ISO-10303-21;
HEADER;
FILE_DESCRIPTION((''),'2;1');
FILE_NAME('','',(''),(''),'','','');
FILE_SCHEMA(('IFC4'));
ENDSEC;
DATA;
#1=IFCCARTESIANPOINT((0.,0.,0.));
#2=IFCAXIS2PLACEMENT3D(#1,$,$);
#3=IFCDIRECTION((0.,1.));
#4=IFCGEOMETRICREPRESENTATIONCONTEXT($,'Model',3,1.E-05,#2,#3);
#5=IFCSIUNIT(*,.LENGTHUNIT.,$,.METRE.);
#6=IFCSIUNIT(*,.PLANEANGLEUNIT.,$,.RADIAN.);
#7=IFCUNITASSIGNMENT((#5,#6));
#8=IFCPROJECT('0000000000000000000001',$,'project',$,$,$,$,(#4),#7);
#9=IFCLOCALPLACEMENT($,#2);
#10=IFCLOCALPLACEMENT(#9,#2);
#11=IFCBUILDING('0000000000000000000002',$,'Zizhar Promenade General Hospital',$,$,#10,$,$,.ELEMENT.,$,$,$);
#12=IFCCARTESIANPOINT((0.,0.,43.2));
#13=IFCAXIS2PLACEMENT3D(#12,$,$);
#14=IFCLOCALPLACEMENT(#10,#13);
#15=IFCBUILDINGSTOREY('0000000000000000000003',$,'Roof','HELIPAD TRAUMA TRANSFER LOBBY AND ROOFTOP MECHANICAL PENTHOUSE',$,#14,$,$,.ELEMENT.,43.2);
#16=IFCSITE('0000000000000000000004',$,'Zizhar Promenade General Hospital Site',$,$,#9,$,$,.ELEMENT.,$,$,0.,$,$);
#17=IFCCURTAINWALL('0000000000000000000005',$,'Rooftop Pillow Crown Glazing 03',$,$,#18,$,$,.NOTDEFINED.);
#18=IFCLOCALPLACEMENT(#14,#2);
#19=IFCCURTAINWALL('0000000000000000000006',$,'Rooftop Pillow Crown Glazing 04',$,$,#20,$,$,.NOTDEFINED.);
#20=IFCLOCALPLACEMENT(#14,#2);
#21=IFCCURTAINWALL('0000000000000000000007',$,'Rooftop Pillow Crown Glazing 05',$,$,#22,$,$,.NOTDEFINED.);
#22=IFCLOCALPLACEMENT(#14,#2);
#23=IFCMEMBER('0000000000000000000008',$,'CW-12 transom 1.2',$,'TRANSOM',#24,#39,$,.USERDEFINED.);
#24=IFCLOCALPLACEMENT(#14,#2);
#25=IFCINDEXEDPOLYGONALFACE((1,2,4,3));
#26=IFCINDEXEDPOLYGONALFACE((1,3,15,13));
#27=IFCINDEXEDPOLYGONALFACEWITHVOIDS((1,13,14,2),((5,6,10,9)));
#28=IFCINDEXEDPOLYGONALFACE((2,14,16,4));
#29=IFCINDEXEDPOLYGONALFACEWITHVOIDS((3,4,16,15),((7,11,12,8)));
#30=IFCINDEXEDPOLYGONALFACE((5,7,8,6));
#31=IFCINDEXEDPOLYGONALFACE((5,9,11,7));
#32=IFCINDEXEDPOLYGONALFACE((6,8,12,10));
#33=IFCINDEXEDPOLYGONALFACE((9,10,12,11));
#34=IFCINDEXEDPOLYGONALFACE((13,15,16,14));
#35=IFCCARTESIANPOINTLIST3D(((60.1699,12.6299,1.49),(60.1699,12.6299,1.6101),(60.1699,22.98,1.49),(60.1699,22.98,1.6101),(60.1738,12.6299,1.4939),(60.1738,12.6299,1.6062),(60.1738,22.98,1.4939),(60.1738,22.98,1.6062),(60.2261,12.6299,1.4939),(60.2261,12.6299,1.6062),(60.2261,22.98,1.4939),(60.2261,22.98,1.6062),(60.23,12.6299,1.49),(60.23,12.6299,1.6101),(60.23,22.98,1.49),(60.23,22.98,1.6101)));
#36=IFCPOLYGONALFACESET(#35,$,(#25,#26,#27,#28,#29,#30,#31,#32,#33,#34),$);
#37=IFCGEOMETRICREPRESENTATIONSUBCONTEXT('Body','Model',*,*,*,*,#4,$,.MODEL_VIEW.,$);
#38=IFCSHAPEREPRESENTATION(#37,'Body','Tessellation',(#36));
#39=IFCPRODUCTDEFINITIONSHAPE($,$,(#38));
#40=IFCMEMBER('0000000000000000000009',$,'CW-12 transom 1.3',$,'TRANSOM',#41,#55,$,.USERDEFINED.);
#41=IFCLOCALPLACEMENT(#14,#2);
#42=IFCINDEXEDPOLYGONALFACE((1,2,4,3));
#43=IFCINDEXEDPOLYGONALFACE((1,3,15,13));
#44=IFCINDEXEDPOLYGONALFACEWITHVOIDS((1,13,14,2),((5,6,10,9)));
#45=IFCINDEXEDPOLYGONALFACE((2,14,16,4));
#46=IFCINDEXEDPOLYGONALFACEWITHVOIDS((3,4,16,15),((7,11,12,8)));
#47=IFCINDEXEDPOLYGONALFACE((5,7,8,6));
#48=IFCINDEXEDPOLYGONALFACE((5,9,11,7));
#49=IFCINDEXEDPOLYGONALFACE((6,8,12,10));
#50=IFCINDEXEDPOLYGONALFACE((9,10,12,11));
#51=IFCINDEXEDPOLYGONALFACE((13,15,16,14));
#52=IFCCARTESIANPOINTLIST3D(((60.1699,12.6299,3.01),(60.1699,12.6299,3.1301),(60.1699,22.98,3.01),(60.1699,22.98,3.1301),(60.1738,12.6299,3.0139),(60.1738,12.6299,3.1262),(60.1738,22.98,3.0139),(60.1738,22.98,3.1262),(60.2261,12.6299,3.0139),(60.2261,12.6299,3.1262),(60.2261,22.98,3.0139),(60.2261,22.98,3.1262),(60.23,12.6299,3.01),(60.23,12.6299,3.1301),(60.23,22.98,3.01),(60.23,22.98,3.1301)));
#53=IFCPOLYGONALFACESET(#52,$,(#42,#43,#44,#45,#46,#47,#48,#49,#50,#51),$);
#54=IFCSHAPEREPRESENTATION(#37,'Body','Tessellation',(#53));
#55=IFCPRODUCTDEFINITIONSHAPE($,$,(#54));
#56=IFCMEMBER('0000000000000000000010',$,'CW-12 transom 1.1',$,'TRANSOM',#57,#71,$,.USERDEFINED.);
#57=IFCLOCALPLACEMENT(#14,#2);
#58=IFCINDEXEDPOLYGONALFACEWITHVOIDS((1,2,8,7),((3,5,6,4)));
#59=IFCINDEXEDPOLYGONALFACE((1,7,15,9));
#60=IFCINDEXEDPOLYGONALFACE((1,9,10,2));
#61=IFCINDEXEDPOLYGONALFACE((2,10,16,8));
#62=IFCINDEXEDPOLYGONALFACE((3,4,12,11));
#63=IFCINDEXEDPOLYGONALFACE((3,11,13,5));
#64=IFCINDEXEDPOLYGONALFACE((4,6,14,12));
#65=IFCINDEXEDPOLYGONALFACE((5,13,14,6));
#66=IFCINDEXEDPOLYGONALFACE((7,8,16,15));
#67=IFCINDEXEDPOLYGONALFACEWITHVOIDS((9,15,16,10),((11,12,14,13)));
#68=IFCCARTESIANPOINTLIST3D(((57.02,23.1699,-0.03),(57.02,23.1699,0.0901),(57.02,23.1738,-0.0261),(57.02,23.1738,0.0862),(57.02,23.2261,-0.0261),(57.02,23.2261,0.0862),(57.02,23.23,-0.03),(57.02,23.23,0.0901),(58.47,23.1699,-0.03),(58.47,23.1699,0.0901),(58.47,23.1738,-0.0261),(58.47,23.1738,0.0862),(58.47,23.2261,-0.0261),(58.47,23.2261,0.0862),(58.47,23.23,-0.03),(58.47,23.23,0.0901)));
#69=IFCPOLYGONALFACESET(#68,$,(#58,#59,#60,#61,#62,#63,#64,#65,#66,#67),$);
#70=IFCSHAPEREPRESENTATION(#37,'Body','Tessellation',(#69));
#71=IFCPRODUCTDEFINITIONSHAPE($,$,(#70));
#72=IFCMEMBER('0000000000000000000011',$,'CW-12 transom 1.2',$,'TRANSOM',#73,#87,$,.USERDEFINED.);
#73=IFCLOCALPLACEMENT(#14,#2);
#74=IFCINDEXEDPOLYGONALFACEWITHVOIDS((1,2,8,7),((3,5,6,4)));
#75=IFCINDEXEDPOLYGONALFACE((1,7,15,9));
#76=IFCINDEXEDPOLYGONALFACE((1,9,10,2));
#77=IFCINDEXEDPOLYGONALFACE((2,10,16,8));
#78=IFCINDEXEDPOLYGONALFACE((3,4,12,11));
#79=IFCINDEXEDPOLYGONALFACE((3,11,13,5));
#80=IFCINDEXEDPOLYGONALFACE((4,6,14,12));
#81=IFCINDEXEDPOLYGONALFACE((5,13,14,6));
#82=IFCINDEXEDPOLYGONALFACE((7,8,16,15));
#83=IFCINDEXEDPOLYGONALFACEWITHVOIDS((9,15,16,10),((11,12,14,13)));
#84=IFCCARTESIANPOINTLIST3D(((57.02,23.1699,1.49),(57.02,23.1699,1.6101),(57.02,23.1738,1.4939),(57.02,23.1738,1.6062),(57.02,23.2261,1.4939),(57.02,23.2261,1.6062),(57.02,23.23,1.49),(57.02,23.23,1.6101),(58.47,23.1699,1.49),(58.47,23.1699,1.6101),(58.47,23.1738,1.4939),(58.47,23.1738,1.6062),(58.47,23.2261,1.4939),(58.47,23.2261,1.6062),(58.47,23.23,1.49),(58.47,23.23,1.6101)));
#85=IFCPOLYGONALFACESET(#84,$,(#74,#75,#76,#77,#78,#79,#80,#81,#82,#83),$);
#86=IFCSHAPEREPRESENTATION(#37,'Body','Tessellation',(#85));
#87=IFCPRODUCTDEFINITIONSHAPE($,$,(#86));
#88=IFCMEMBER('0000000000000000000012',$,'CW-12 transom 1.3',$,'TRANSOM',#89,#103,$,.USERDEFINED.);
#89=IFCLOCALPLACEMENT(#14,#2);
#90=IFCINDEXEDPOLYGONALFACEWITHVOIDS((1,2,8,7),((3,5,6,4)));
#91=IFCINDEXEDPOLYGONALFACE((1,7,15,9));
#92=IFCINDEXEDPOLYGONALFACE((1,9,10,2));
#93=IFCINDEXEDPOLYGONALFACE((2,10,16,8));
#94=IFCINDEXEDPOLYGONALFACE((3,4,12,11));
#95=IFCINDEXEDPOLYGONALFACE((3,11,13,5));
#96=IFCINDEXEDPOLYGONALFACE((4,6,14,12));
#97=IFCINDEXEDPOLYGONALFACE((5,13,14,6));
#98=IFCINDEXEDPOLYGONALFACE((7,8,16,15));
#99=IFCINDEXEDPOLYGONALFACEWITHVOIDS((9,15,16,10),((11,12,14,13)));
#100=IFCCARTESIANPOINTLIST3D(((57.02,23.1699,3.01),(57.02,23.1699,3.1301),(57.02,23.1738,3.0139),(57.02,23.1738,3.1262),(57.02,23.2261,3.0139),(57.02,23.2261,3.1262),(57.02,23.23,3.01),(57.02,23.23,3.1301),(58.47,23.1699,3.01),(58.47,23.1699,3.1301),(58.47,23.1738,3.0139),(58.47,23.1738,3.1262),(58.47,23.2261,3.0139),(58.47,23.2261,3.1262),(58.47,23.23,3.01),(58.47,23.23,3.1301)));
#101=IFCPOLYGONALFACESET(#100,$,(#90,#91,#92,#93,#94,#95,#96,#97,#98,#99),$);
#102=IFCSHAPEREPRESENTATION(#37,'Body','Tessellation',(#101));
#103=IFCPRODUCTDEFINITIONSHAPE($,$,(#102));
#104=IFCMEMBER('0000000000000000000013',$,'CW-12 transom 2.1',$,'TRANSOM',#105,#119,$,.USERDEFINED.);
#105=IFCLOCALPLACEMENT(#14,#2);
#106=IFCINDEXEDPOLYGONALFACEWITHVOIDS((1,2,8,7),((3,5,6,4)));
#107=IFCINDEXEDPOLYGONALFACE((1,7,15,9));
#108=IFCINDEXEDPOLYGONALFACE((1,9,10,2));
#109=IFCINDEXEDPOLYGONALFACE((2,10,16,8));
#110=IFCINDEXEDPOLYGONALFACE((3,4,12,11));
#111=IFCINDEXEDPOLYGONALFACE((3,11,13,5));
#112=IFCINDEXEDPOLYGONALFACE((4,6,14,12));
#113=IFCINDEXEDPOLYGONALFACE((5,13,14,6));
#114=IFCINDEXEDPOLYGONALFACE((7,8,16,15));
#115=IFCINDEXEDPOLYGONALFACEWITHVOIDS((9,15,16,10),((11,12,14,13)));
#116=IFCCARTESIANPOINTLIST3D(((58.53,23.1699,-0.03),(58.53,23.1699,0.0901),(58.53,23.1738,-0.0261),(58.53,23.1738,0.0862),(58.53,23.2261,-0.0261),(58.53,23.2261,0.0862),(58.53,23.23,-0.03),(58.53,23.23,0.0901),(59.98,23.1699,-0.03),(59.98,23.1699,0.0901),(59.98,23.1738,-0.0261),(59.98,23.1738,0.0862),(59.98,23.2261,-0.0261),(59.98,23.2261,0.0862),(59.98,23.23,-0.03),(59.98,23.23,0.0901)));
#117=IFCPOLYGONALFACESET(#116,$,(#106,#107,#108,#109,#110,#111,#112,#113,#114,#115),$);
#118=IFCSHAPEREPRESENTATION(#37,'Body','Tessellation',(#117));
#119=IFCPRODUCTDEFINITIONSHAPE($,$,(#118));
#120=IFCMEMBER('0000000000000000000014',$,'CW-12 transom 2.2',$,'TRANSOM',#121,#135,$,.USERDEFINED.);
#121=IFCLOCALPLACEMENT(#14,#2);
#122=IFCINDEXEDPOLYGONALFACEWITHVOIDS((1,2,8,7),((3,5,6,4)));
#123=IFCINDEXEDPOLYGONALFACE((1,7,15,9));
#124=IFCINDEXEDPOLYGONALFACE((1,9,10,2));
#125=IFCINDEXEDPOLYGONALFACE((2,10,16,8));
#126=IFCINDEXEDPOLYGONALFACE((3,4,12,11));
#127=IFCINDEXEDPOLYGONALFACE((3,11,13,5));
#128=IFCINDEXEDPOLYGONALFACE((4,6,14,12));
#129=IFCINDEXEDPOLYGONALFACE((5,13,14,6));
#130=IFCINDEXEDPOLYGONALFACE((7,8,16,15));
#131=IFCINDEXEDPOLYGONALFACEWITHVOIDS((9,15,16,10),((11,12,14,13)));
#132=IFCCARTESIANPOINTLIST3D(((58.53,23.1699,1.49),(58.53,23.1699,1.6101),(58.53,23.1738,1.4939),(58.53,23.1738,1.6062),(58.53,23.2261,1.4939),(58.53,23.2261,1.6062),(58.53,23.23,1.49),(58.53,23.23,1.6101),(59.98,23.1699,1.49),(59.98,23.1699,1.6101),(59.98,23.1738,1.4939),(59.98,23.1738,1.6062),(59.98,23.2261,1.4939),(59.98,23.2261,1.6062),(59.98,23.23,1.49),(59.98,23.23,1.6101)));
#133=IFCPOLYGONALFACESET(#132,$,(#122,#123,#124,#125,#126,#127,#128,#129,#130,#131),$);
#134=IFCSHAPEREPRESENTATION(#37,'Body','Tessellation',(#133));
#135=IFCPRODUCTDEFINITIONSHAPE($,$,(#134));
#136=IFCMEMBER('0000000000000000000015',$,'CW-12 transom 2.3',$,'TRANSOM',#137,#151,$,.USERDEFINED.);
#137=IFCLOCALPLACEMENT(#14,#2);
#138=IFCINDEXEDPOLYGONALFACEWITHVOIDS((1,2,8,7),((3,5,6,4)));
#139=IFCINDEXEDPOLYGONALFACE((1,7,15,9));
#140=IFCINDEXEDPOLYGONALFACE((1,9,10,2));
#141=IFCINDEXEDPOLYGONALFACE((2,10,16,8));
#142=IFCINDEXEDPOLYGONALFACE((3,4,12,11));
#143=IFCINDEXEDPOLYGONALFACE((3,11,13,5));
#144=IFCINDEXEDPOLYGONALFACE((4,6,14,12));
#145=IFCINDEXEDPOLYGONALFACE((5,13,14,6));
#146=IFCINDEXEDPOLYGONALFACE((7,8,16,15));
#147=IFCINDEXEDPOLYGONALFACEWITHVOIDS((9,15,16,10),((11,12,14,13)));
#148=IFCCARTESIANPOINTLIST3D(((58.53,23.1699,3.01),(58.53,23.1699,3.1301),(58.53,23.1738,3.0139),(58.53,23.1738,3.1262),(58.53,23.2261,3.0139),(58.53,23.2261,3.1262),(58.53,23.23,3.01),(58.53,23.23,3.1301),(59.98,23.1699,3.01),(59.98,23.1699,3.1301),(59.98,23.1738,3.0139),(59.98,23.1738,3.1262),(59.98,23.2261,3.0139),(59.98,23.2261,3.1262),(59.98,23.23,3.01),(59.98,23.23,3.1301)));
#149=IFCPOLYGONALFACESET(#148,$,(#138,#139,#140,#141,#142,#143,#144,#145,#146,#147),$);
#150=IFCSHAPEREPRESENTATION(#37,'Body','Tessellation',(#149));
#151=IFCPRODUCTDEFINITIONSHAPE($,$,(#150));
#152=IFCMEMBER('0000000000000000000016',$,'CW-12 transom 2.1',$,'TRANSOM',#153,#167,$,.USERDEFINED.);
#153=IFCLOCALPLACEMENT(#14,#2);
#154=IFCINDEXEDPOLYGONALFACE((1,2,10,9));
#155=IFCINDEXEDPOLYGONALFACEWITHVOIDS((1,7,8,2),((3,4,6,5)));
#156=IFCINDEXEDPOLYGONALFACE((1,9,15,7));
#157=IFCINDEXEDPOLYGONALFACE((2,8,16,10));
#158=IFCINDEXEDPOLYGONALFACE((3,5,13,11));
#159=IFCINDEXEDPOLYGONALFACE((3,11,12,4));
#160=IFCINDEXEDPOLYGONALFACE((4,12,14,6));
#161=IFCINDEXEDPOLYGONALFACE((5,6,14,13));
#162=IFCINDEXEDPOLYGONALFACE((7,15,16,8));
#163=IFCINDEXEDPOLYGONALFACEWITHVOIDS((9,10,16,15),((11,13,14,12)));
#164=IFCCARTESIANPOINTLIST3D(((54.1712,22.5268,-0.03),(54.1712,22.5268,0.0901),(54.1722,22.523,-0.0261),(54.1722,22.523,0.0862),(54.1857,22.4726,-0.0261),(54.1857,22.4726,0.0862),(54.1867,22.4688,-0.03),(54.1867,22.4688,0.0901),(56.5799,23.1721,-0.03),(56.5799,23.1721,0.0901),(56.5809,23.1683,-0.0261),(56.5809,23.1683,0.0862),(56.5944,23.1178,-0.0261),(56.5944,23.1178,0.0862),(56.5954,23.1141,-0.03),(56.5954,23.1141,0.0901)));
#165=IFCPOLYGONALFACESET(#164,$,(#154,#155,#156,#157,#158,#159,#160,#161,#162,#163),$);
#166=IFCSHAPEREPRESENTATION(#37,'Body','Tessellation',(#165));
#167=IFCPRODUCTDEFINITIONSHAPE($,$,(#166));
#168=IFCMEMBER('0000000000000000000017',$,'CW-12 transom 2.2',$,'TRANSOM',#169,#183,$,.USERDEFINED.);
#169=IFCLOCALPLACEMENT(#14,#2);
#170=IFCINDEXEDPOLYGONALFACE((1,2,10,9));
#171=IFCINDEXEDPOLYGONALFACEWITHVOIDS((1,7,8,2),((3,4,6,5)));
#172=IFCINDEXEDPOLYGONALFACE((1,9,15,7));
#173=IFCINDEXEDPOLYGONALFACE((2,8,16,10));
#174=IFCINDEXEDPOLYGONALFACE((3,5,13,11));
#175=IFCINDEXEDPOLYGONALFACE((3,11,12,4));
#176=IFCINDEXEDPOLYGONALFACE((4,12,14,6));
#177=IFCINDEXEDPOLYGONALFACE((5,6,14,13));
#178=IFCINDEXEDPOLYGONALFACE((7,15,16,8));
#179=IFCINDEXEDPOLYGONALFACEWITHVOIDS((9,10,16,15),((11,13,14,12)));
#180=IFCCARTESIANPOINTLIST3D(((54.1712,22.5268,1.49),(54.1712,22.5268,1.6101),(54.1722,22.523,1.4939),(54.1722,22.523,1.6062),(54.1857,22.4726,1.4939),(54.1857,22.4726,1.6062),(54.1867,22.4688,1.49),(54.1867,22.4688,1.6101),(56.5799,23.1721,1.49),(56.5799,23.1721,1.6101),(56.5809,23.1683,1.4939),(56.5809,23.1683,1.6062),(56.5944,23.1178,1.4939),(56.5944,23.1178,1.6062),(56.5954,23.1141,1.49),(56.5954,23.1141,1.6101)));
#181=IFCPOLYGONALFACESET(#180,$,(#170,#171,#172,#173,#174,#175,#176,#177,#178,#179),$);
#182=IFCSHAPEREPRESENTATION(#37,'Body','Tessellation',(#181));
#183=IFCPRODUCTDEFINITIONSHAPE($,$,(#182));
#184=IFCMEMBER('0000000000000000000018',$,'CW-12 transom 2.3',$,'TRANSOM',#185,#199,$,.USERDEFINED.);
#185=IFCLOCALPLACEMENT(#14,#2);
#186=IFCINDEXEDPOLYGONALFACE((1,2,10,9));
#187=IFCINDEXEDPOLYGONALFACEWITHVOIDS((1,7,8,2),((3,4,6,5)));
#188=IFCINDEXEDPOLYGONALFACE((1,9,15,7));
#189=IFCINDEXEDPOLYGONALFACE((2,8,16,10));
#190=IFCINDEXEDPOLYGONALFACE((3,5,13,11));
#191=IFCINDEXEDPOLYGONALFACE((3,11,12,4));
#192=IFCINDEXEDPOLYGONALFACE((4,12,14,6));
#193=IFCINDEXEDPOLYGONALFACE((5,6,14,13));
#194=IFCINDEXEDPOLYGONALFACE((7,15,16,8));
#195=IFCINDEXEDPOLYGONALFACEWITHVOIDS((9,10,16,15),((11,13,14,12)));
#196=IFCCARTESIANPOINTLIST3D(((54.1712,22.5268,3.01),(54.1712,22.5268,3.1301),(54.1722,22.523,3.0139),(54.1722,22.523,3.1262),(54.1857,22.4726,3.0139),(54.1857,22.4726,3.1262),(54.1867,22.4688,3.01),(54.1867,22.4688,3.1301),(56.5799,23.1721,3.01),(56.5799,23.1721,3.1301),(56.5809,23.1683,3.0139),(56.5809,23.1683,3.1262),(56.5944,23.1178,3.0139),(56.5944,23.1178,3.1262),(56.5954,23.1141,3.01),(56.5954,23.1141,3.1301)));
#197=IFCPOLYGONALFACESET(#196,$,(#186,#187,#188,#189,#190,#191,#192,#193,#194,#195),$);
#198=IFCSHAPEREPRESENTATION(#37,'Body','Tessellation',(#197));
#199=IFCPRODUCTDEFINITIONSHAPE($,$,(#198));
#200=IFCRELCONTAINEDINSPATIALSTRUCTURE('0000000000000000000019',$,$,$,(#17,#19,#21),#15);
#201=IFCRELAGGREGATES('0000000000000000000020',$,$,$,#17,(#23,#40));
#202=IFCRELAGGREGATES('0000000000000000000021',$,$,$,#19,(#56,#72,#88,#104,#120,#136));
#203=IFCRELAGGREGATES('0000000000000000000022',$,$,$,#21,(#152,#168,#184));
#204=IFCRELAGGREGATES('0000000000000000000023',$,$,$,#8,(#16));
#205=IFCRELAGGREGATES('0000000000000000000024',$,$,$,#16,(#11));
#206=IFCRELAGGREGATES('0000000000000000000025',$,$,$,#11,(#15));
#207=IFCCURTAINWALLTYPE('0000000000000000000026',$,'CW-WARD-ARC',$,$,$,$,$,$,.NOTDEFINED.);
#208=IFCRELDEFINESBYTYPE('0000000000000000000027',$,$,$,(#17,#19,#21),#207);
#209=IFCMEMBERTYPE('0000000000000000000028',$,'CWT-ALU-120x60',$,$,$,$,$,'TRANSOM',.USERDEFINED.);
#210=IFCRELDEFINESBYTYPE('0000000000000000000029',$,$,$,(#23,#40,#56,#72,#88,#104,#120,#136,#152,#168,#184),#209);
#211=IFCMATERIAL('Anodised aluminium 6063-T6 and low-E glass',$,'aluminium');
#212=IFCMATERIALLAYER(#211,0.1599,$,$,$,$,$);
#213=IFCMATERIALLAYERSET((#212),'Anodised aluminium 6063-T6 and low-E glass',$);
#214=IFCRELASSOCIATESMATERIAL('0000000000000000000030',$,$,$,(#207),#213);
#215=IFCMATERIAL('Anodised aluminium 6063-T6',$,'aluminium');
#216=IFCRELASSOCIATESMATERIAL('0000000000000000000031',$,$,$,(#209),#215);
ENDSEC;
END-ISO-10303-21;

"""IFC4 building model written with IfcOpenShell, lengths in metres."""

from ifc_helpers import new_model, si_unit, direction, frame, origin, origin_2d, place, context, subcontext, project, spatial, hollow_rectangle, extrude, material, layer, layer_set, material_profile, profile_set, type_object, element, aggregate, save


model = new_model("IFC4")

# Units and contexts
model_context = context("Model", 3, precision=1e-05, world=origin(), true_north=direction((0.0, 1.0)))
body_context = subcontext(model_context, "Body", "Model", "MODEL_VIEW")
ifc_project = project(units=[si_unit("LENGTHUNIT", "METRE"), si_unit("PLANEANGLEUNIT", "RADIAN")], contexts=[model_context])

# Site, building, storey
site_placement = place(None, origin())
site = spatial("IfcSite", under=ifc_project, at=site_placement, Name="Zizhar Promenade General Hospital Site", CompositionType="ELEMENT", RefElevation=0.0)
building_placement = place(site_placement, origin())
building = spatial("IfcBuilding", under=site, at=building_placement, Name="Zizhar Promenade General Hospital", CompositionType="ELEMENT")
storey_placement = place(building_placement, frame((0.0, 0.0, 43.2)))
storey = spatial("IfcBuildingStorey", under=building, at=storey_placement, Name="Roof", Description="HELIPAD TRAUMA TRANSFER LOBBY AND ROOFTOP MECHANICAL PENTHOUSE", CompositionType="ELEMENT", Elevation=43.2)

# Curtain wall
ifc_material_1 = material(Name="Anodised aluminium 6063-T6 and low-E glass", Category="aluminium")
ifc_layer_1 = layer(ifc_material_1, 0.1599)
ifc_layer_set_1 = layer_set([ifc_layer_1], Name="Anodised aluminium 6063-T6 and low-E glass")
curtain_wall_type = type_object("IfcCurtainWallType", Name="CW-WARD-ARC", PredefinedType="NOTDEFINED", material=ifc_layer_set_1)
curtain_wall_1_placement = place(storey_placement, origin())
curtain_wall_1 = element("IfcCurtainWall", 1, at=curtain_wall_1_placement, inside=storey, type_object=curtain_wall_type, Name="Rooftop Pillow Crown Glazing 03", PredefinedType="NOTDEFINED")

# Curtain walls
curtain_wall_2_placement = place(storey_placement, origin())
curtain_wall_2 = element("IfcCurtainWall", 2, at=curtain_wall_2_placement, inside=storey, type_object=curtain_wall_type, Name="Rooftop Pillow Crown Glazing 04", PredefinedType="NOTDEFINED")
curtain_wall_3_placement = place(storey_placement, origin())
curtain_wall_3 = element("IfcCurtainWall", 3, at=curtain_wall_3_placement, inside=storey, type_object=curtain_wall_type, Name="Rooftop Pillow Crown Glazing 05", PredefinedType="NOTDEFINED")

# Members
ifc_material_2 = material(Name="Anodised aluminium 6063-T6", Category="aluminium")
ifc_material_profile_1 = material_profile(ifc_material_2, hollow_rectangle(XDim=0.0601, YDim=0.1201, WallThickness=0.0039, at=origin_2d()))
ifc_profile_set_1 = profile_set([ifc_material_profile_1], Name="Anodised aluminium 6063-T6")
member_type_1 = type_object("IfcMemberType", Name="CWT-ALU-120x60", ElementType="TRANSOM", PredefinedType="USERDEFINED", material=ifc_profile_set_1)
member_1_placement = place(storey_placement, frame((60.2, 22.98, 1.55), z_axis=(0.0, -1.0, 0.0), x_axis=(1.0, 0.0, 0.0)))
member_1 = element("IfcMember", 4, at=member_1_placement, type_object=member_type_1, Name="CW-12 transom 1.2", ObjectType="TRANSOM", PredefinedType="USERDEFINED", context=body_context, shape_type="SweptSolid", body=[
    extrude(hollow_rectangle(XDim=0.0601, YDim=0.1201, WallThickness=0.0039, at=origin_2d()), origin(), (0.0, 0.0, 1.0), 10.3501),
])
member_2_placement = place(storey_placement, frame((60.2, 22.98, 3.0701), z_axis=(0.0, -1.0, 0.0), x_axis=(1.0, 0.0, 0.0)))
member_2 = element("IfcMember", 5, at=member_2_placement, type_object=member_type_1, Name="CW-12 transom 1.3", ObjectType="TRANSOM", PredefinedType="USERDEFINED", context=body_context, shape_type="SweptSolid", body=[
    extrude(hollow_rectangle(XDim=0.0601, YDim=0.1201, WallThickness=0.0039, at=origin_2d()), origin(), (0.0, 0.0, 1.0), 10.3501),
])
member_3_placement = place(storey_placement, frame((57.02, 23.2, 0.03), z_axis=(1.0, 0.0, 0.0), x_axis=(0.0, 1.0, 0.0)))
member_3 = element("IfcMember", 6, at=member_3_placement, type_object=member_type_1, Name="CW-12 transom 1.1", ObjectType="TRANSOM", PredefinedType="USERDEFINED", context=body_context, shape_type="SweptSolid", body=[
    extrude(hollow_rectangle(XDim=0.0601, YDim=0.1201, WallThickness=0.0039, at=origin_2d()), origin(), (0.0, 0.0, 1.0), 1.45),
])
member_4_placement = place(storey_placement, frame((57.02, 23.2, 1.55), z_axis=(1.0, 0.0, 0.0), x_axis=(0.0, 1.0, 0.0)))
member_4 = element("IfcMember", 7, at=member_4_placement, type_object=member_type_1, Name="CW-12 transom 1.2", ObjectType="TRANSOM", PredefinedType="USERDEFINED", context=body_context, shape_type="SweptSolid", body=[
    extrude(hollow_rectangle(XDim=0.0601, YDim=0.1201, WallThickness=0.0039, at=origin_2d()), origin(), (0.0, 0.0, 1.0), 1.45),
])
member_5_placement = place(storey_placement, frame((57.02, 23.2, 3.0701), z_axis=(1.0, 0.0, 0.0), x_axis=(0.0, 1.0, 0.0)))
member_5 = element("IfcMember", 8, at=member_5_placement, type_object=member_type_1, Name="CW-12 transom 1.3", ObjectType="TRANSOM", PredefinedType="USERDEFINED", context=body_context, shape_type="SweptSolid", body=[
    extrude(hollow_rectangle(XDim=0.0601, YDim=0.1201, WallThickness=0.0039, at=origin_2d()), origin(), (0.0, 0.0, 1.0), 1.45),
])
member_6_placement = place(storey_placement, frame((58.53, 23.2, 0.03), z_axis=(1.0, 0.0, 0.0), x_axis=(0.0, 1.0, 0.0)))
member_6 = element("IfcMember", 9, at=member_6_placement, type_object=member_type_1, Name="CW-12 transom 2.1", ObjectType="TRANSOM", PredefinedType="USERDEFINED", context=body_context, shape_type="SweptSolid", body=[
    extrude(hollow_rectangle(XDim=0.0601, YDim=0.1201, WallThickness=0.0039, at=origin_2d()), origin(), (0.0, 0.0, 1.0), 1.45),
])
member_7_placement = place(storey_placement, frame((58.53, 23.2, 1.55), z_axis=(1.0, 0.0, 0.0), x_axis=(0.0, 1.0, 0.0)))
member_7 = element("IfcMember", 10, at=member_7_placement, type_object=member_type_1, Name="CW-12 transom 2.2", ObjectType="TRANSOM", PredefinedType="USERDEFINED", context=body_context, shape_type="SweptSolid", body=[
    extrude(hollow_rectangle(XDim=0.0601, YDim=0.1201, WallThickness=0.0039, at=origin_2d()), origin(), (0.0, 0.0, 1.0), 1.45),
])
member_8_placement = place(storey_placement, frame((58.53, 23.2, 3.0701), z_axis=(1.0, 0.0, 0.0), x_axis=(0.0, 1.0, 0.0)))
member_8 = element("IfcMember", 11, at=member_8_placement, type_object=member_type_1, Name="CW-12 transom 2.3", ObjectType="TRANSOM", PredefinedType="USERDEFINED", context=body_context, shape_type="SweptSolid", body=[
    extrude(hollow_rectangle(XDim=0.0601, YDim=0.1201, WallThickness=0.0039, at=origin_2d()), origin(), (0.0, 0.0, 1.0), 1.45),
])
member_9_placement = place(storey_placement, frame((54.179, 22.4978, 0.03), z_axis=(0.96594, 0.258765, 0.0), x_axis=(-0.258765, 0.96594, 0.0)))
member_9 = element("IfcMember", 12, at=member_9_placement, type_object=member_type_1, Name="CW-12 transom 2.1", ObjectType="TRANSOM", PredefinedType="USERDEFINED", context=body_context, shape_type="SweptSolid", body=[
    extrude(hollow_rectangle(XDim=0.0601, YDim=0.1201, WallThickness=0.0039, at=origin_2d()), origin(), (0.0, 0.0, 1.0), 2.4937),
])
member_10_placement = place(storey_placement, frame((54.179, 22.4978, 1.55), z_axis=(0.96594, 0.258765, 0.0), x_axis=(-0.258765, 0.96594, 0.0)))
member_10 = element("IfcMember", 13, at=member_10_placement, type_object=member_type_1, Name="CW-12 transom 2.2", ObjectType="TRANSOM", PredefinedType="USERDEFINED", context=body_context, shape_type="SweptSolid", body=[
    extrude(hollow_rectangle(XDim=0.0601, YDim=0.1201, WallThickness=0.0039, at=origin_2d()), origin(), (0.0, 0.0, 1.0), 2.4937),
])
member_11_placement = place(storey_placement, frame((54.179, 22.4978, 3.0701), z_axis=(0.96594, 0.258765, 0.0), x_axis=(-0.258765, 0.96594, 0.0)))
member_11 = element("IfcMember", 14, at=member_11_placement, type_object=member_type_1, Name="CW-12 transom 2.3", ObjectType="TRANSOM", PredefinedType="USERDEFINED", context=body_context, shape_type="SweptSolid", body=[
    extrude(hollow_rectangle(XDim=0.0601, YDim=0.1201, WallThickness=0.0039, at=origin_2d()), origin(), (0.0, 0.0, 1.0), 2.4937),
])

aggregate(curtain_wall_1, [member_1, member_2])
aggregate(curtain_wall_2, [member_3, member_4, member_5, member_6, member_7, member_8])
aggregate(curtain_wall_3, [member_9, member_10, member_11])

save(model, "model.ifc")
